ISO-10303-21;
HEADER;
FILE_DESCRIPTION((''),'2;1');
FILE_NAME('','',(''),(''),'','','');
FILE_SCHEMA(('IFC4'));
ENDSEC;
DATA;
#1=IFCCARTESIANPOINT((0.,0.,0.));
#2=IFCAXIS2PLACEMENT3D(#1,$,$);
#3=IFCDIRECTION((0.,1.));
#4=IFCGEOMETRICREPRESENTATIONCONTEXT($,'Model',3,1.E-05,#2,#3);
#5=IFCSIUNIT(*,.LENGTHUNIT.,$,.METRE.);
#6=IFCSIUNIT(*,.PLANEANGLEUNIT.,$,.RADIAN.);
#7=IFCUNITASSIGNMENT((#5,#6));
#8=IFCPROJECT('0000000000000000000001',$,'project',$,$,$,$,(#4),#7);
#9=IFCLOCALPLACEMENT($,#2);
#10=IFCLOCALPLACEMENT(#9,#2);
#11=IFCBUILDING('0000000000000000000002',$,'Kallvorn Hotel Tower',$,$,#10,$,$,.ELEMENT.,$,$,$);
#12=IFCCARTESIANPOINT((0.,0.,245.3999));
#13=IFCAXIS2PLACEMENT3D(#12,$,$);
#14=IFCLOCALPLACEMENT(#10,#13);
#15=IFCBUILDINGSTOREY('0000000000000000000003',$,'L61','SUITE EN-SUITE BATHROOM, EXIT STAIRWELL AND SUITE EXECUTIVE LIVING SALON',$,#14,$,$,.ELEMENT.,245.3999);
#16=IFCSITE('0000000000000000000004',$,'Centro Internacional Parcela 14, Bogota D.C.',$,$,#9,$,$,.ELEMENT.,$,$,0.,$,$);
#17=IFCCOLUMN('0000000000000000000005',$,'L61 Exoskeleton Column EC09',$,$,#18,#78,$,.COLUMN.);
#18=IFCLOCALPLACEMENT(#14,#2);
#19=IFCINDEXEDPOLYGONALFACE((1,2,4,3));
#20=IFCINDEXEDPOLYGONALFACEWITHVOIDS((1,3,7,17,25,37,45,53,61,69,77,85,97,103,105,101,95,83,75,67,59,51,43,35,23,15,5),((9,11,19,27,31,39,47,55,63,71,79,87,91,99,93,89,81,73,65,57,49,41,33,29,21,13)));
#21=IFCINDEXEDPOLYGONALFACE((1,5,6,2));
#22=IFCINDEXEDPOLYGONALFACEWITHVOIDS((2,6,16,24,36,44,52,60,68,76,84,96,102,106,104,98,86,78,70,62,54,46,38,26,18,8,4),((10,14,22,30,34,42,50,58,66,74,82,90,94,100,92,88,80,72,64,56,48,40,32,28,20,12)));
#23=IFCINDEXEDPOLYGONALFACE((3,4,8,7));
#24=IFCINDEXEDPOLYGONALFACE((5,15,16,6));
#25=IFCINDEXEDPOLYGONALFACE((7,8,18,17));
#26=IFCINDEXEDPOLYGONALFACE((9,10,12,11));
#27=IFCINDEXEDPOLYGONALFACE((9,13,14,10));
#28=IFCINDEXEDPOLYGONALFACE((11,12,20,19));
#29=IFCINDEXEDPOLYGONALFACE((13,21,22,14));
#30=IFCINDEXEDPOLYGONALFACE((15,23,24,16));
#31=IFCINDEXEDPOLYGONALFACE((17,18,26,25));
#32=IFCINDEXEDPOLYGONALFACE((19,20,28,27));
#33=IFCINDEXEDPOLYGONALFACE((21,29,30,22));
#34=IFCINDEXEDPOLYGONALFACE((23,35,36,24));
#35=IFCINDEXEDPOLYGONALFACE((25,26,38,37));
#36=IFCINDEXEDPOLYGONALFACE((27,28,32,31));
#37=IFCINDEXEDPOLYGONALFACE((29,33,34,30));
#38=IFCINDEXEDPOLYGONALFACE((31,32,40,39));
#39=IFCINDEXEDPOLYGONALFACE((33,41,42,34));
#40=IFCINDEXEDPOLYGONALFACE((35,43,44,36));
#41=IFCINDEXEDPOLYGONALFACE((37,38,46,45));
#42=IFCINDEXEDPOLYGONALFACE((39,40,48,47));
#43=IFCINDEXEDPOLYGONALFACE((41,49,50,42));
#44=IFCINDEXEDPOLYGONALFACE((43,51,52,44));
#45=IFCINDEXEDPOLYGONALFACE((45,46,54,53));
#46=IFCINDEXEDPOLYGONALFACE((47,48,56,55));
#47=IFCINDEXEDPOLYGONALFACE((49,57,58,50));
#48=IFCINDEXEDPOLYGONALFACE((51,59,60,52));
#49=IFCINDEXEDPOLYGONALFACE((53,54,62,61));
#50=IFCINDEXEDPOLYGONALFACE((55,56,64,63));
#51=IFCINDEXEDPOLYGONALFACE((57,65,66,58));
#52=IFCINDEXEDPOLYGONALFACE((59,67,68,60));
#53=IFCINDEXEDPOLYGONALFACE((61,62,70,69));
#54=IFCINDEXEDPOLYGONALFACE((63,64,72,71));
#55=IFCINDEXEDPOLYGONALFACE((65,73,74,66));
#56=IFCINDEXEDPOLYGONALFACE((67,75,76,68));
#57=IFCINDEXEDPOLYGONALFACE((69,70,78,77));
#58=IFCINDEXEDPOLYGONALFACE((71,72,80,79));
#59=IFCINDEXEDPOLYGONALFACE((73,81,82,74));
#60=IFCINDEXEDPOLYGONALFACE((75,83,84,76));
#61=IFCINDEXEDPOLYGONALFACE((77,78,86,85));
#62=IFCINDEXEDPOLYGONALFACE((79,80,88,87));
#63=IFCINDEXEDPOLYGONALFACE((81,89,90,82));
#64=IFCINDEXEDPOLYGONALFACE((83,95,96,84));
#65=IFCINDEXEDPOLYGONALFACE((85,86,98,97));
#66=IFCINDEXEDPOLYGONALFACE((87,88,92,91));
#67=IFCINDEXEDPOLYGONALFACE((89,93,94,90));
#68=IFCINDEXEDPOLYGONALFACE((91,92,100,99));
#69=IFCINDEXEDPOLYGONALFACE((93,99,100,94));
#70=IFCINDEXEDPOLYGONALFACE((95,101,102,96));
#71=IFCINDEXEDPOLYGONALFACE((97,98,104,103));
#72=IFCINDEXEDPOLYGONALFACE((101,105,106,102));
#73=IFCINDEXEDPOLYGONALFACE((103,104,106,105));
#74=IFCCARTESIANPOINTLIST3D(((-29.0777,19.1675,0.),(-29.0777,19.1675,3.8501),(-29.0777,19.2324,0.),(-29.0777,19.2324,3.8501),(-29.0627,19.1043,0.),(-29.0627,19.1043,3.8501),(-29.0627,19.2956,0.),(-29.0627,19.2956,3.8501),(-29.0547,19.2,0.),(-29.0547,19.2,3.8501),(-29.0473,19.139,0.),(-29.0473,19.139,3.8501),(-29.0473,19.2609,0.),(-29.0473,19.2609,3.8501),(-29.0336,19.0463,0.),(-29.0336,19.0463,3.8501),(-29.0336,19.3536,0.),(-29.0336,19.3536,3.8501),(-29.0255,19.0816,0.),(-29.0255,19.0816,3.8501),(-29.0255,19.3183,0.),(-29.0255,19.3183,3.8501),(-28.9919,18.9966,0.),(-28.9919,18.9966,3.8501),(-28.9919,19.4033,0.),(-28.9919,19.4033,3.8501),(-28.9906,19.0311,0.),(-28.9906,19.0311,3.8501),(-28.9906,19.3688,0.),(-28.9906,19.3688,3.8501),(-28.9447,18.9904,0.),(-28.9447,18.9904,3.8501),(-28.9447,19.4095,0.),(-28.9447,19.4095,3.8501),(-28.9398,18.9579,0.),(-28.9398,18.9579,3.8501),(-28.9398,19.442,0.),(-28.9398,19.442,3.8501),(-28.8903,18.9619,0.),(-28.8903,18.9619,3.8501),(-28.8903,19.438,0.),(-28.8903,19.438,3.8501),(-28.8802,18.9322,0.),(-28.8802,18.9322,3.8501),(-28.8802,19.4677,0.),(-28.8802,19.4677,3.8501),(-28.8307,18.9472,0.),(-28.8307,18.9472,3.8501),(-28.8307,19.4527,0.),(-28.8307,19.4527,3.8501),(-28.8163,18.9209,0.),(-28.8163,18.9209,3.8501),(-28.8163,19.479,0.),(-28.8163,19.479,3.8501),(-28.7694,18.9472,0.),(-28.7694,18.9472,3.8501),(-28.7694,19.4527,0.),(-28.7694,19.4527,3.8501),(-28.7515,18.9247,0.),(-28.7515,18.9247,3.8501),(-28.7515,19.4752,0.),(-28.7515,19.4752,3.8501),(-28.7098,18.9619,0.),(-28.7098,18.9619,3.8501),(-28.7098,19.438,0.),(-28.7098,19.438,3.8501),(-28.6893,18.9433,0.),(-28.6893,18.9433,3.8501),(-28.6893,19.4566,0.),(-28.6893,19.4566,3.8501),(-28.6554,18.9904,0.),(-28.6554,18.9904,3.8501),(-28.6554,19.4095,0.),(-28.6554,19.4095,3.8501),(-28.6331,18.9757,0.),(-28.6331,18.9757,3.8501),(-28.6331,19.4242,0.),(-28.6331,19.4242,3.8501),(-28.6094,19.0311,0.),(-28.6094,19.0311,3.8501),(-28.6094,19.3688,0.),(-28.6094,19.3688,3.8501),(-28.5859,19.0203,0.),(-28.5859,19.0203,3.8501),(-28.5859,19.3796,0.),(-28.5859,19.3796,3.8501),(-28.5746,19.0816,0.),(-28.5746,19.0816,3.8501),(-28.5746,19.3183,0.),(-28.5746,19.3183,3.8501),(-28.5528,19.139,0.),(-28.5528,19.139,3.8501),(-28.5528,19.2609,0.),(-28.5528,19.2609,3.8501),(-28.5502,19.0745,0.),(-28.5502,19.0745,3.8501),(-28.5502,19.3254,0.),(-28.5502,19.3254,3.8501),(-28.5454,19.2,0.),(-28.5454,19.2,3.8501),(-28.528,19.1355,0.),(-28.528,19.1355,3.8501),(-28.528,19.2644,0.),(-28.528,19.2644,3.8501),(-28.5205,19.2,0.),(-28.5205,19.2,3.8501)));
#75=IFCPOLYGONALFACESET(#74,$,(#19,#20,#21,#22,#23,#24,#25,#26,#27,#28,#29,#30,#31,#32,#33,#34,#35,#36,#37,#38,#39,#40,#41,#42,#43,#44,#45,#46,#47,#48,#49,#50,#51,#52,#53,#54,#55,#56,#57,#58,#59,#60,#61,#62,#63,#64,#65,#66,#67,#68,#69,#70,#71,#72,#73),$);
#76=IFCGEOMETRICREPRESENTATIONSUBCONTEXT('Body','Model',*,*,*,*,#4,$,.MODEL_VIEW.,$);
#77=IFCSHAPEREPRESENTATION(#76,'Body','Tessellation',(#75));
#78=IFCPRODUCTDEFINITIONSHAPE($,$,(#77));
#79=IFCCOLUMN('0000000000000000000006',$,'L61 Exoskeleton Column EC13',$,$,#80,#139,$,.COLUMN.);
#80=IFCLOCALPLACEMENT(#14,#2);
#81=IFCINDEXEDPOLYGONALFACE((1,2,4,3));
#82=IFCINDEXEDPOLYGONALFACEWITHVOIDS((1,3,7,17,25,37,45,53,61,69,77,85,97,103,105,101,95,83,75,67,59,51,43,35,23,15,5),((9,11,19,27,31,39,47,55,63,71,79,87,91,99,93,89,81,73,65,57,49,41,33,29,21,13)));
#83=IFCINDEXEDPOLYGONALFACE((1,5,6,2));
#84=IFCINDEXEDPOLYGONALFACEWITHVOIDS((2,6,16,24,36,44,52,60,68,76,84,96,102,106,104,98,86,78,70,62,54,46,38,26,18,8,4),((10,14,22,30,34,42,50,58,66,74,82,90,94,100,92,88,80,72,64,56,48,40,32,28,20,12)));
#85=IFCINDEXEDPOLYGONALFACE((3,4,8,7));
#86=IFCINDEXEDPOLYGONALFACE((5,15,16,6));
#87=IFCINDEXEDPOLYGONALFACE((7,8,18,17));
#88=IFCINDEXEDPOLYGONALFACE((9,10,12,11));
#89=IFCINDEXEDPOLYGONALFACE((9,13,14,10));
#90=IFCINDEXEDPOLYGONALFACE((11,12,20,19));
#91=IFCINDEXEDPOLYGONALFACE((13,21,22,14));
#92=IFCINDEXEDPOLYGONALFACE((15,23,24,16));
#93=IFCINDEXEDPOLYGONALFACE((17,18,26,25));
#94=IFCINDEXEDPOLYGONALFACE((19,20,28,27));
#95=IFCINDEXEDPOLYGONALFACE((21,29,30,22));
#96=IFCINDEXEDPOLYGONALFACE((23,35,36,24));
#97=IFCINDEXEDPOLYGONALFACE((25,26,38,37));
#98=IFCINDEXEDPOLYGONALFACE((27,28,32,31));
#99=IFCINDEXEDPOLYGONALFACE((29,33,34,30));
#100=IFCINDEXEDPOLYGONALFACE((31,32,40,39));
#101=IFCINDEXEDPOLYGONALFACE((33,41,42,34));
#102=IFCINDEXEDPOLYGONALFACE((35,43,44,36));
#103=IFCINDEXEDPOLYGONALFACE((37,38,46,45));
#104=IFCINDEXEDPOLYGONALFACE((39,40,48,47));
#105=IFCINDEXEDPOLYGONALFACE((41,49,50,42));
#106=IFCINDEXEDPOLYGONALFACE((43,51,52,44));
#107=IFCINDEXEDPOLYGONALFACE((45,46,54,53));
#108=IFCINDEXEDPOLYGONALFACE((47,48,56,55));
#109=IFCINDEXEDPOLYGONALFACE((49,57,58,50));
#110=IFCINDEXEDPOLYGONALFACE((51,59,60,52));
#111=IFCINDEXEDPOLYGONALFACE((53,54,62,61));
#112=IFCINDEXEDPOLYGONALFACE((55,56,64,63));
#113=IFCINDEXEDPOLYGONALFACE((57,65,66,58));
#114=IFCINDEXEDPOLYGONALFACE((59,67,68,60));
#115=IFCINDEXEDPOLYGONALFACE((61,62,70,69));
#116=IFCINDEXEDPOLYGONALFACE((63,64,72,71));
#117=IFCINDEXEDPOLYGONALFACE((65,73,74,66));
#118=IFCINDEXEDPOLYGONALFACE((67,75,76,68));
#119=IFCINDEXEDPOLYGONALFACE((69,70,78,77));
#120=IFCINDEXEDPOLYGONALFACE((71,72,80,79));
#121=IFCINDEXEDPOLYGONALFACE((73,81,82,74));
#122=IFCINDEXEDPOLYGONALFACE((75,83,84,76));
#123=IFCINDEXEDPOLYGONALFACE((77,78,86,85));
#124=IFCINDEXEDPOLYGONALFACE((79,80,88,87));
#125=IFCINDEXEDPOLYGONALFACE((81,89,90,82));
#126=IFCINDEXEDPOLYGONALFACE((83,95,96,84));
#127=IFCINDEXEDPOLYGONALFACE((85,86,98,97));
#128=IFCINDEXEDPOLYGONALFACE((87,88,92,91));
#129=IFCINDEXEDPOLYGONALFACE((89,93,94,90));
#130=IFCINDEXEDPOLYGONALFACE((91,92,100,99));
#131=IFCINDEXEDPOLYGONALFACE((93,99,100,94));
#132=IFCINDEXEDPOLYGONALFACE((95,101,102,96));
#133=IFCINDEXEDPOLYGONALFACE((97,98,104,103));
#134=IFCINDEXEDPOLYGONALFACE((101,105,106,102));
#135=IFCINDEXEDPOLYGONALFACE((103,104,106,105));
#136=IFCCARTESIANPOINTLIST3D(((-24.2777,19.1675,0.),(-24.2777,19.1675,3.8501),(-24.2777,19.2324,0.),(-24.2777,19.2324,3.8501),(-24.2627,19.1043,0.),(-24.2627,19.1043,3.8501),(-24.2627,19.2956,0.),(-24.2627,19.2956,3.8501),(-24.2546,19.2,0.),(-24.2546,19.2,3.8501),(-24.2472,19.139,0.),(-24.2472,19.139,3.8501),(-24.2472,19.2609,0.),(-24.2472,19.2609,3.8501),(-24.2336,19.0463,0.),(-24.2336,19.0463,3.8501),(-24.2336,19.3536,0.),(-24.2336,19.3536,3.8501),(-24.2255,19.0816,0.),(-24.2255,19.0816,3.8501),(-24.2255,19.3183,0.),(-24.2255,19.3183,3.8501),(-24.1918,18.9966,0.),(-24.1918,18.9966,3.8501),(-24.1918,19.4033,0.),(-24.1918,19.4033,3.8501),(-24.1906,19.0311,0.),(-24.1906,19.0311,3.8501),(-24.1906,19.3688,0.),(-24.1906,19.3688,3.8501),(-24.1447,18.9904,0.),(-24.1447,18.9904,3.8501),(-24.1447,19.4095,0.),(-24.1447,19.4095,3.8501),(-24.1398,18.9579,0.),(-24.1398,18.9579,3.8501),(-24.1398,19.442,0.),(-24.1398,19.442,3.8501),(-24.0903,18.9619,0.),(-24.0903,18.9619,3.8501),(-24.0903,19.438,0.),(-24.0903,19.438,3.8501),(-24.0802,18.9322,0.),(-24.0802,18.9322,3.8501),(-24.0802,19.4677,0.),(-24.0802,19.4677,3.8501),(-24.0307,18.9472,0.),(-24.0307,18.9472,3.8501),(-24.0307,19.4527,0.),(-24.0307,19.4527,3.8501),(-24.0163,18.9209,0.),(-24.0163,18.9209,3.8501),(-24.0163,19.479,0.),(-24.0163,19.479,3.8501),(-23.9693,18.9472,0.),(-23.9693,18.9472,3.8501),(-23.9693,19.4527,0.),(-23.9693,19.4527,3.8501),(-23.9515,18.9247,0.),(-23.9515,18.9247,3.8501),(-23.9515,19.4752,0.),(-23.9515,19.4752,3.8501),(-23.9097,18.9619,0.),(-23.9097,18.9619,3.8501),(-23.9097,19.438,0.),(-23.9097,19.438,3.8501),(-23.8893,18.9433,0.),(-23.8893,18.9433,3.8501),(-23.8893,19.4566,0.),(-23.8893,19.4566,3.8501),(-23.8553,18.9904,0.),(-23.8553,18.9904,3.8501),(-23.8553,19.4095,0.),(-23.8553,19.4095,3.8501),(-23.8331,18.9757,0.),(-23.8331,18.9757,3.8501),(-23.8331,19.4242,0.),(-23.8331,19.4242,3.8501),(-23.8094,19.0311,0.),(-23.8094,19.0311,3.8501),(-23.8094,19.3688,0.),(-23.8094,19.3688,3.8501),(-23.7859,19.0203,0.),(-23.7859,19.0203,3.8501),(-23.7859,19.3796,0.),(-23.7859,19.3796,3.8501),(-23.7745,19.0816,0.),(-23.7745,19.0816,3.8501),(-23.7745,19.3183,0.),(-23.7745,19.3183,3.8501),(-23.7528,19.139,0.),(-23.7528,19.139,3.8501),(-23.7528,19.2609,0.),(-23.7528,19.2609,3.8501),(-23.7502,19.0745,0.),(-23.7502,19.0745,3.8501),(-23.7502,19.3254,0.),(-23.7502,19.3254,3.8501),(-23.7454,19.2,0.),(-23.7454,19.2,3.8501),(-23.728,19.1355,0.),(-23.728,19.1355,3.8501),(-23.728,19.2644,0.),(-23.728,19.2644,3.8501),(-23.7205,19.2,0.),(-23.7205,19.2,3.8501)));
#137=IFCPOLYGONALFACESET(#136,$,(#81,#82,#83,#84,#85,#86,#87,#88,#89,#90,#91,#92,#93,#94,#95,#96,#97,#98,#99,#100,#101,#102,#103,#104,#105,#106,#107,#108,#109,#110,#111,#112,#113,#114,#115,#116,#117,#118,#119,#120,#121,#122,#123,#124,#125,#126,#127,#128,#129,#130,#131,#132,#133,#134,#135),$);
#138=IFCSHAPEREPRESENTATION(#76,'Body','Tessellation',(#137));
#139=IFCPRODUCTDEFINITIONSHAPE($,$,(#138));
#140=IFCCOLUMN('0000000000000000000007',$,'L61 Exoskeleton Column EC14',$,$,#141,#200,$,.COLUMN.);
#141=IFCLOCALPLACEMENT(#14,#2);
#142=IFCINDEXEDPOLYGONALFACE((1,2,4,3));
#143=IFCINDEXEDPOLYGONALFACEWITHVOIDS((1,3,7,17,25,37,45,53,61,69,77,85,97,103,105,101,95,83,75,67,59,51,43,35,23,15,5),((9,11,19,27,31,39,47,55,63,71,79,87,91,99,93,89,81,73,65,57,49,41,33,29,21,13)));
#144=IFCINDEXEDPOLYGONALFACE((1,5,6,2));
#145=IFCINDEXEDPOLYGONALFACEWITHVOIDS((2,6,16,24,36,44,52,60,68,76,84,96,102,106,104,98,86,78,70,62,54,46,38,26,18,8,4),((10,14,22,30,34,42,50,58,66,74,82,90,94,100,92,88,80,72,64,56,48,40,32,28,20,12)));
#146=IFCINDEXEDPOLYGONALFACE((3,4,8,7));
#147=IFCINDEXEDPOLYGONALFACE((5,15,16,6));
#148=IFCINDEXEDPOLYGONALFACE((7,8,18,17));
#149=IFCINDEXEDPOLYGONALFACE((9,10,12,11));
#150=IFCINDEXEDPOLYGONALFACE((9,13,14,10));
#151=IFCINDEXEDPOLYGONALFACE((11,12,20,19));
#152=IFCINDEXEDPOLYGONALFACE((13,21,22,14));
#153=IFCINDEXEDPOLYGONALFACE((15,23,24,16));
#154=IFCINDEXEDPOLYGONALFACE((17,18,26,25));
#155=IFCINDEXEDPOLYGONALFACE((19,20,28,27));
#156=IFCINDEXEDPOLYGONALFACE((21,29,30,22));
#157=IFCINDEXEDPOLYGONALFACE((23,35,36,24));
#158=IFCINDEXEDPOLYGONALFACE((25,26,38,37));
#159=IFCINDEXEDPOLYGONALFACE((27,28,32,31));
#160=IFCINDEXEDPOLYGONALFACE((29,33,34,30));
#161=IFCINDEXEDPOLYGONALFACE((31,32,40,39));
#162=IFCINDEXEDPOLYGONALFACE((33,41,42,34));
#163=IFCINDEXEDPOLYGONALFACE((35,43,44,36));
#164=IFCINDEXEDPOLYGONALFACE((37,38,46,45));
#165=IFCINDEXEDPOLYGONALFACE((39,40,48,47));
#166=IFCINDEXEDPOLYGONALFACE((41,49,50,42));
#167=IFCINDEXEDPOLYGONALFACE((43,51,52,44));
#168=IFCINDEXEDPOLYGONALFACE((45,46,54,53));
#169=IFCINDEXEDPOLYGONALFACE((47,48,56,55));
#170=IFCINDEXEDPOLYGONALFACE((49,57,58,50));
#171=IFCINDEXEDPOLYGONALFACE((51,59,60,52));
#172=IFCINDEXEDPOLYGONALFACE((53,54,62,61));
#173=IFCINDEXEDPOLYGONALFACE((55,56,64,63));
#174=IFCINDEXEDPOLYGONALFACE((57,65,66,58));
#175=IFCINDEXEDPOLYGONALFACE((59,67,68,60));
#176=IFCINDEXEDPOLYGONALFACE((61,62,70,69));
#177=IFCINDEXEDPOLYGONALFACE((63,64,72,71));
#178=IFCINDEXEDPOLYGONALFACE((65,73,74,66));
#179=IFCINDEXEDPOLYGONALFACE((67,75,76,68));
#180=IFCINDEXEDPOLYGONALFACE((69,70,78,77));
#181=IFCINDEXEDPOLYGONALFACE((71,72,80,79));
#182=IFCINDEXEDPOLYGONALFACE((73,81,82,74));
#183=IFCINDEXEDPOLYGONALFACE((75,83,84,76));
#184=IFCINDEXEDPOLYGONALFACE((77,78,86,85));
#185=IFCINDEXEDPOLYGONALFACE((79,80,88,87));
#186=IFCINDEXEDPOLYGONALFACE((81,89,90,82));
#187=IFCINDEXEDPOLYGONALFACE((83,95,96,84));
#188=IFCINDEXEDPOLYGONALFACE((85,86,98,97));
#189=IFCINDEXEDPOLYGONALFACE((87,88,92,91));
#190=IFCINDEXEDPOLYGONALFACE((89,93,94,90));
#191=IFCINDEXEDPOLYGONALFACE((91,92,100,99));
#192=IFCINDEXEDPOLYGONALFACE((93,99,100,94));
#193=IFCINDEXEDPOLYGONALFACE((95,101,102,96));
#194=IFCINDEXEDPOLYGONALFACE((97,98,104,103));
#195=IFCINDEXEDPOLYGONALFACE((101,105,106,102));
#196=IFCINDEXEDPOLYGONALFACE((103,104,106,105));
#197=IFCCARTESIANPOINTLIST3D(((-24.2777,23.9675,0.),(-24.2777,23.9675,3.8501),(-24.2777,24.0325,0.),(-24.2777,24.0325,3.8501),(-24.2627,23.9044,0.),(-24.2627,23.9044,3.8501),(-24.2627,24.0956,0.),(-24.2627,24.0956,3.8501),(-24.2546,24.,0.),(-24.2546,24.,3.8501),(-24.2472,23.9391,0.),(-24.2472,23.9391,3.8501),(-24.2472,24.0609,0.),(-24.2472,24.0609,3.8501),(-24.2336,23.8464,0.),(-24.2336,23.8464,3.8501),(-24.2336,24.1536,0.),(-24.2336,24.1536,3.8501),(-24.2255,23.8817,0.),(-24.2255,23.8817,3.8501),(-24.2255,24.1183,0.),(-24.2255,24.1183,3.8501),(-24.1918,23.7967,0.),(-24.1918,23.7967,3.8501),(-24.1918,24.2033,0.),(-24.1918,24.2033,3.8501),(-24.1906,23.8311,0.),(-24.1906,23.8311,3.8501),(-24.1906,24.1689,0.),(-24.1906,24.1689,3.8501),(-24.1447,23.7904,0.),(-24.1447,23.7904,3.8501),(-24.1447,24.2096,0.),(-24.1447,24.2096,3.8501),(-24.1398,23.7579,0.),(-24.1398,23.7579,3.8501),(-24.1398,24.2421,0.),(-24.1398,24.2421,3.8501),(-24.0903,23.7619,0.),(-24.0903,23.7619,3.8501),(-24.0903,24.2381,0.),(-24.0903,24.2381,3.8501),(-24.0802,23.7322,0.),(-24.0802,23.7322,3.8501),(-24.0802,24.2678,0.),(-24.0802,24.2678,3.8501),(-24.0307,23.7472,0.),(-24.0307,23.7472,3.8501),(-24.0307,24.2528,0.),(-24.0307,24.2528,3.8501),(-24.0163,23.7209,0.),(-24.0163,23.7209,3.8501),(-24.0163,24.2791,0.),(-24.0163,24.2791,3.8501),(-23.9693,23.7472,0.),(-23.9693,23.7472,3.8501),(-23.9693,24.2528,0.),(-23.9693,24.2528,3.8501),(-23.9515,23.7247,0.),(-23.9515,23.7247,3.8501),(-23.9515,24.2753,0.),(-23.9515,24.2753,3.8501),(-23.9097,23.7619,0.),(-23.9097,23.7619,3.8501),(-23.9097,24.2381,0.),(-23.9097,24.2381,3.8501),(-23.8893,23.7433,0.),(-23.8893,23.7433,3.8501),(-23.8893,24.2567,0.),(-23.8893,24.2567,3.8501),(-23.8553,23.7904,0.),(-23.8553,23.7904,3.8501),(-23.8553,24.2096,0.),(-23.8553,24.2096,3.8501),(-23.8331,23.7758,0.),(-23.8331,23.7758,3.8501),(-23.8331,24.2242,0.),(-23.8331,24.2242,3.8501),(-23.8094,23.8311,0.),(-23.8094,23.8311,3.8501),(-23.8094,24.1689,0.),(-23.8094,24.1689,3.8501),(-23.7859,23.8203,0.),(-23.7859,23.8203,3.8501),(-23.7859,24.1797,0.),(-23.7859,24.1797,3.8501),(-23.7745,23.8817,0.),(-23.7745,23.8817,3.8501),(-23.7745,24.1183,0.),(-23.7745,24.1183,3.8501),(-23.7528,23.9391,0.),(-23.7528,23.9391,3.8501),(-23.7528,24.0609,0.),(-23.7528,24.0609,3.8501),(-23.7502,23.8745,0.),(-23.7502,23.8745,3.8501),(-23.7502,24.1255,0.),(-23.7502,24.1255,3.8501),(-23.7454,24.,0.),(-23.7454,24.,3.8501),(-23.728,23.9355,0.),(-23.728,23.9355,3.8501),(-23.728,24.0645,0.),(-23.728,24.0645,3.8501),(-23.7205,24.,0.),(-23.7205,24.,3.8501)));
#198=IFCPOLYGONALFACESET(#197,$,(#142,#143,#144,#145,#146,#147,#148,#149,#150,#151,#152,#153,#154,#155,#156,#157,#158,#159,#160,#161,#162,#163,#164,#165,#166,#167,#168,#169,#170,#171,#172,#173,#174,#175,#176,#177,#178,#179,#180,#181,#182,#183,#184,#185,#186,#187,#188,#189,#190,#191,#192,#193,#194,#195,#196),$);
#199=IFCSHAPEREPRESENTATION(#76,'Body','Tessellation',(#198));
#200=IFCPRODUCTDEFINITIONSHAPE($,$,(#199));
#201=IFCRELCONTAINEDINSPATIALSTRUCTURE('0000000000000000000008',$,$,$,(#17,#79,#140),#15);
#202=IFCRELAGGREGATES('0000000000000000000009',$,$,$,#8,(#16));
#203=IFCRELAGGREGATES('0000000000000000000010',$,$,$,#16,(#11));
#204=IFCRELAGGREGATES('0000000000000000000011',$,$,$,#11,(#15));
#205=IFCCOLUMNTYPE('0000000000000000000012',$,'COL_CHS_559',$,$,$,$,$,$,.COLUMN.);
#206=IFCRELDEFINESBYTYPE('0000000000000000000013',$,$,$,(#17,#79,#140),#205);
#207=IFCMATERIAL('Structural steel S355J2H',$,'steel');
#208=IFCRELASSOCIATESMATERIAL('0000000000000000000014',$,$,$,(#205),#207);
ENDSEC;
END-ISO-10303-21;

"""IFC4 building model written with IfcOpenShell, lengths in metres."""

from ifc_helpers import new_model, si_unit, direction, frame, origin, origin_2d, place, context, subcontext, project, spatial, hollow_circle, extrude, material, material_profile, profile_set, type_object, element, save


model = new_model("IFC4")

# Units and contexts
model_context = context("Model", 3, precision=1e-05, world=origin(), true_north=direction((0.0, 1.0)))
body_context = subcontext(model_context, "Body", "Model", "MODEL_VIEW")
ifc_project = project(units=[si_unit("LENGTHUNIT", "METRE"), si_unit("PLANEANGLEUNIT", "RADIAN")], contexts=[model_context])

# Site, building, storey
site_placement = place(None, origin())
site = spatial("IfcSite", under=ifc_project, at=site_placement, Name="Centro Internacional Parcela 14, Bogota D.C.", CompositionType="ELEMENT", RefElevation=0.0)
building_placement = place(site_placement, origin())
building = spatial("IfcBuilding", under=site, at=building_placement, Name="Kallvorn Hotel Tower", CompositionType="ELEMENT")
storey_placement = place(building_placement, frame((0.0, 0.0, 245.3999)))
storey = spatial("IfcBuildingStorey", under=building, at=storey_placement, Name="L61", Description="SUITE EN-SUITE BATHROOM, EXIT STAIRWELL AND SUITE EXECUTIVE LIVING SALON", CompositionType="ELEMENT", Elevation=245.3999)

# Columns
ifc_material_1 = material(Name="Structural steel S355J2H", Category="steel")
ifc_material_profile_1 = material_profile(ifc_material_1, hollow_circle(Radius=0.2795, WallThickness=0.0249, at=origin_2d()), Name="CHS 559x25")
ifc_profile_set_1 = profile_set([ifc_material_profile_1], Name="Structural steel S355J2H")
column_type_1 = type_object("IfcColumnType", Name="COL_CHS_559", PredefinedType="COLUMN", material=ifc_profile_set_1)
for number, where, z_axis, x_axis, name in (
    (1, (-28.8, 19.2, 0.0), (0.0, 0.0, 1.0), (1.0, 0.0, 0.0), "L61 Exoskeleton Column EC09"),
    (2, (-24.0, 19.2, 0.0), (0.0, 0.0, 1.0), (1.0, 0.0, 0.0), "L61 Exoskeleton Column EC13"),
    (3, (-24.0, 24.0, 0.0), (0.0, 0.0, 1.0), (1.0, 0.0, 0.0), "L61 Exoskeleton Column EC14"),
):
    element("IfcColumn", number, at=place(storey_placement, frame(where, z_axis=z_axis, x_axis=x_axis)), inside=storey, type_object=column_type_1, Name=name, PredefinedType="COLUMN", context=body_context, shape_type="SweptSolid", body=[
        extrude(hollow_circle(Radius=0.2795, WallThickness=0.0249, at=origin_2d()), origin(), (0.0, 0.0, 1.0), 3.8501),
    ])

save(model, "model.ifc")
